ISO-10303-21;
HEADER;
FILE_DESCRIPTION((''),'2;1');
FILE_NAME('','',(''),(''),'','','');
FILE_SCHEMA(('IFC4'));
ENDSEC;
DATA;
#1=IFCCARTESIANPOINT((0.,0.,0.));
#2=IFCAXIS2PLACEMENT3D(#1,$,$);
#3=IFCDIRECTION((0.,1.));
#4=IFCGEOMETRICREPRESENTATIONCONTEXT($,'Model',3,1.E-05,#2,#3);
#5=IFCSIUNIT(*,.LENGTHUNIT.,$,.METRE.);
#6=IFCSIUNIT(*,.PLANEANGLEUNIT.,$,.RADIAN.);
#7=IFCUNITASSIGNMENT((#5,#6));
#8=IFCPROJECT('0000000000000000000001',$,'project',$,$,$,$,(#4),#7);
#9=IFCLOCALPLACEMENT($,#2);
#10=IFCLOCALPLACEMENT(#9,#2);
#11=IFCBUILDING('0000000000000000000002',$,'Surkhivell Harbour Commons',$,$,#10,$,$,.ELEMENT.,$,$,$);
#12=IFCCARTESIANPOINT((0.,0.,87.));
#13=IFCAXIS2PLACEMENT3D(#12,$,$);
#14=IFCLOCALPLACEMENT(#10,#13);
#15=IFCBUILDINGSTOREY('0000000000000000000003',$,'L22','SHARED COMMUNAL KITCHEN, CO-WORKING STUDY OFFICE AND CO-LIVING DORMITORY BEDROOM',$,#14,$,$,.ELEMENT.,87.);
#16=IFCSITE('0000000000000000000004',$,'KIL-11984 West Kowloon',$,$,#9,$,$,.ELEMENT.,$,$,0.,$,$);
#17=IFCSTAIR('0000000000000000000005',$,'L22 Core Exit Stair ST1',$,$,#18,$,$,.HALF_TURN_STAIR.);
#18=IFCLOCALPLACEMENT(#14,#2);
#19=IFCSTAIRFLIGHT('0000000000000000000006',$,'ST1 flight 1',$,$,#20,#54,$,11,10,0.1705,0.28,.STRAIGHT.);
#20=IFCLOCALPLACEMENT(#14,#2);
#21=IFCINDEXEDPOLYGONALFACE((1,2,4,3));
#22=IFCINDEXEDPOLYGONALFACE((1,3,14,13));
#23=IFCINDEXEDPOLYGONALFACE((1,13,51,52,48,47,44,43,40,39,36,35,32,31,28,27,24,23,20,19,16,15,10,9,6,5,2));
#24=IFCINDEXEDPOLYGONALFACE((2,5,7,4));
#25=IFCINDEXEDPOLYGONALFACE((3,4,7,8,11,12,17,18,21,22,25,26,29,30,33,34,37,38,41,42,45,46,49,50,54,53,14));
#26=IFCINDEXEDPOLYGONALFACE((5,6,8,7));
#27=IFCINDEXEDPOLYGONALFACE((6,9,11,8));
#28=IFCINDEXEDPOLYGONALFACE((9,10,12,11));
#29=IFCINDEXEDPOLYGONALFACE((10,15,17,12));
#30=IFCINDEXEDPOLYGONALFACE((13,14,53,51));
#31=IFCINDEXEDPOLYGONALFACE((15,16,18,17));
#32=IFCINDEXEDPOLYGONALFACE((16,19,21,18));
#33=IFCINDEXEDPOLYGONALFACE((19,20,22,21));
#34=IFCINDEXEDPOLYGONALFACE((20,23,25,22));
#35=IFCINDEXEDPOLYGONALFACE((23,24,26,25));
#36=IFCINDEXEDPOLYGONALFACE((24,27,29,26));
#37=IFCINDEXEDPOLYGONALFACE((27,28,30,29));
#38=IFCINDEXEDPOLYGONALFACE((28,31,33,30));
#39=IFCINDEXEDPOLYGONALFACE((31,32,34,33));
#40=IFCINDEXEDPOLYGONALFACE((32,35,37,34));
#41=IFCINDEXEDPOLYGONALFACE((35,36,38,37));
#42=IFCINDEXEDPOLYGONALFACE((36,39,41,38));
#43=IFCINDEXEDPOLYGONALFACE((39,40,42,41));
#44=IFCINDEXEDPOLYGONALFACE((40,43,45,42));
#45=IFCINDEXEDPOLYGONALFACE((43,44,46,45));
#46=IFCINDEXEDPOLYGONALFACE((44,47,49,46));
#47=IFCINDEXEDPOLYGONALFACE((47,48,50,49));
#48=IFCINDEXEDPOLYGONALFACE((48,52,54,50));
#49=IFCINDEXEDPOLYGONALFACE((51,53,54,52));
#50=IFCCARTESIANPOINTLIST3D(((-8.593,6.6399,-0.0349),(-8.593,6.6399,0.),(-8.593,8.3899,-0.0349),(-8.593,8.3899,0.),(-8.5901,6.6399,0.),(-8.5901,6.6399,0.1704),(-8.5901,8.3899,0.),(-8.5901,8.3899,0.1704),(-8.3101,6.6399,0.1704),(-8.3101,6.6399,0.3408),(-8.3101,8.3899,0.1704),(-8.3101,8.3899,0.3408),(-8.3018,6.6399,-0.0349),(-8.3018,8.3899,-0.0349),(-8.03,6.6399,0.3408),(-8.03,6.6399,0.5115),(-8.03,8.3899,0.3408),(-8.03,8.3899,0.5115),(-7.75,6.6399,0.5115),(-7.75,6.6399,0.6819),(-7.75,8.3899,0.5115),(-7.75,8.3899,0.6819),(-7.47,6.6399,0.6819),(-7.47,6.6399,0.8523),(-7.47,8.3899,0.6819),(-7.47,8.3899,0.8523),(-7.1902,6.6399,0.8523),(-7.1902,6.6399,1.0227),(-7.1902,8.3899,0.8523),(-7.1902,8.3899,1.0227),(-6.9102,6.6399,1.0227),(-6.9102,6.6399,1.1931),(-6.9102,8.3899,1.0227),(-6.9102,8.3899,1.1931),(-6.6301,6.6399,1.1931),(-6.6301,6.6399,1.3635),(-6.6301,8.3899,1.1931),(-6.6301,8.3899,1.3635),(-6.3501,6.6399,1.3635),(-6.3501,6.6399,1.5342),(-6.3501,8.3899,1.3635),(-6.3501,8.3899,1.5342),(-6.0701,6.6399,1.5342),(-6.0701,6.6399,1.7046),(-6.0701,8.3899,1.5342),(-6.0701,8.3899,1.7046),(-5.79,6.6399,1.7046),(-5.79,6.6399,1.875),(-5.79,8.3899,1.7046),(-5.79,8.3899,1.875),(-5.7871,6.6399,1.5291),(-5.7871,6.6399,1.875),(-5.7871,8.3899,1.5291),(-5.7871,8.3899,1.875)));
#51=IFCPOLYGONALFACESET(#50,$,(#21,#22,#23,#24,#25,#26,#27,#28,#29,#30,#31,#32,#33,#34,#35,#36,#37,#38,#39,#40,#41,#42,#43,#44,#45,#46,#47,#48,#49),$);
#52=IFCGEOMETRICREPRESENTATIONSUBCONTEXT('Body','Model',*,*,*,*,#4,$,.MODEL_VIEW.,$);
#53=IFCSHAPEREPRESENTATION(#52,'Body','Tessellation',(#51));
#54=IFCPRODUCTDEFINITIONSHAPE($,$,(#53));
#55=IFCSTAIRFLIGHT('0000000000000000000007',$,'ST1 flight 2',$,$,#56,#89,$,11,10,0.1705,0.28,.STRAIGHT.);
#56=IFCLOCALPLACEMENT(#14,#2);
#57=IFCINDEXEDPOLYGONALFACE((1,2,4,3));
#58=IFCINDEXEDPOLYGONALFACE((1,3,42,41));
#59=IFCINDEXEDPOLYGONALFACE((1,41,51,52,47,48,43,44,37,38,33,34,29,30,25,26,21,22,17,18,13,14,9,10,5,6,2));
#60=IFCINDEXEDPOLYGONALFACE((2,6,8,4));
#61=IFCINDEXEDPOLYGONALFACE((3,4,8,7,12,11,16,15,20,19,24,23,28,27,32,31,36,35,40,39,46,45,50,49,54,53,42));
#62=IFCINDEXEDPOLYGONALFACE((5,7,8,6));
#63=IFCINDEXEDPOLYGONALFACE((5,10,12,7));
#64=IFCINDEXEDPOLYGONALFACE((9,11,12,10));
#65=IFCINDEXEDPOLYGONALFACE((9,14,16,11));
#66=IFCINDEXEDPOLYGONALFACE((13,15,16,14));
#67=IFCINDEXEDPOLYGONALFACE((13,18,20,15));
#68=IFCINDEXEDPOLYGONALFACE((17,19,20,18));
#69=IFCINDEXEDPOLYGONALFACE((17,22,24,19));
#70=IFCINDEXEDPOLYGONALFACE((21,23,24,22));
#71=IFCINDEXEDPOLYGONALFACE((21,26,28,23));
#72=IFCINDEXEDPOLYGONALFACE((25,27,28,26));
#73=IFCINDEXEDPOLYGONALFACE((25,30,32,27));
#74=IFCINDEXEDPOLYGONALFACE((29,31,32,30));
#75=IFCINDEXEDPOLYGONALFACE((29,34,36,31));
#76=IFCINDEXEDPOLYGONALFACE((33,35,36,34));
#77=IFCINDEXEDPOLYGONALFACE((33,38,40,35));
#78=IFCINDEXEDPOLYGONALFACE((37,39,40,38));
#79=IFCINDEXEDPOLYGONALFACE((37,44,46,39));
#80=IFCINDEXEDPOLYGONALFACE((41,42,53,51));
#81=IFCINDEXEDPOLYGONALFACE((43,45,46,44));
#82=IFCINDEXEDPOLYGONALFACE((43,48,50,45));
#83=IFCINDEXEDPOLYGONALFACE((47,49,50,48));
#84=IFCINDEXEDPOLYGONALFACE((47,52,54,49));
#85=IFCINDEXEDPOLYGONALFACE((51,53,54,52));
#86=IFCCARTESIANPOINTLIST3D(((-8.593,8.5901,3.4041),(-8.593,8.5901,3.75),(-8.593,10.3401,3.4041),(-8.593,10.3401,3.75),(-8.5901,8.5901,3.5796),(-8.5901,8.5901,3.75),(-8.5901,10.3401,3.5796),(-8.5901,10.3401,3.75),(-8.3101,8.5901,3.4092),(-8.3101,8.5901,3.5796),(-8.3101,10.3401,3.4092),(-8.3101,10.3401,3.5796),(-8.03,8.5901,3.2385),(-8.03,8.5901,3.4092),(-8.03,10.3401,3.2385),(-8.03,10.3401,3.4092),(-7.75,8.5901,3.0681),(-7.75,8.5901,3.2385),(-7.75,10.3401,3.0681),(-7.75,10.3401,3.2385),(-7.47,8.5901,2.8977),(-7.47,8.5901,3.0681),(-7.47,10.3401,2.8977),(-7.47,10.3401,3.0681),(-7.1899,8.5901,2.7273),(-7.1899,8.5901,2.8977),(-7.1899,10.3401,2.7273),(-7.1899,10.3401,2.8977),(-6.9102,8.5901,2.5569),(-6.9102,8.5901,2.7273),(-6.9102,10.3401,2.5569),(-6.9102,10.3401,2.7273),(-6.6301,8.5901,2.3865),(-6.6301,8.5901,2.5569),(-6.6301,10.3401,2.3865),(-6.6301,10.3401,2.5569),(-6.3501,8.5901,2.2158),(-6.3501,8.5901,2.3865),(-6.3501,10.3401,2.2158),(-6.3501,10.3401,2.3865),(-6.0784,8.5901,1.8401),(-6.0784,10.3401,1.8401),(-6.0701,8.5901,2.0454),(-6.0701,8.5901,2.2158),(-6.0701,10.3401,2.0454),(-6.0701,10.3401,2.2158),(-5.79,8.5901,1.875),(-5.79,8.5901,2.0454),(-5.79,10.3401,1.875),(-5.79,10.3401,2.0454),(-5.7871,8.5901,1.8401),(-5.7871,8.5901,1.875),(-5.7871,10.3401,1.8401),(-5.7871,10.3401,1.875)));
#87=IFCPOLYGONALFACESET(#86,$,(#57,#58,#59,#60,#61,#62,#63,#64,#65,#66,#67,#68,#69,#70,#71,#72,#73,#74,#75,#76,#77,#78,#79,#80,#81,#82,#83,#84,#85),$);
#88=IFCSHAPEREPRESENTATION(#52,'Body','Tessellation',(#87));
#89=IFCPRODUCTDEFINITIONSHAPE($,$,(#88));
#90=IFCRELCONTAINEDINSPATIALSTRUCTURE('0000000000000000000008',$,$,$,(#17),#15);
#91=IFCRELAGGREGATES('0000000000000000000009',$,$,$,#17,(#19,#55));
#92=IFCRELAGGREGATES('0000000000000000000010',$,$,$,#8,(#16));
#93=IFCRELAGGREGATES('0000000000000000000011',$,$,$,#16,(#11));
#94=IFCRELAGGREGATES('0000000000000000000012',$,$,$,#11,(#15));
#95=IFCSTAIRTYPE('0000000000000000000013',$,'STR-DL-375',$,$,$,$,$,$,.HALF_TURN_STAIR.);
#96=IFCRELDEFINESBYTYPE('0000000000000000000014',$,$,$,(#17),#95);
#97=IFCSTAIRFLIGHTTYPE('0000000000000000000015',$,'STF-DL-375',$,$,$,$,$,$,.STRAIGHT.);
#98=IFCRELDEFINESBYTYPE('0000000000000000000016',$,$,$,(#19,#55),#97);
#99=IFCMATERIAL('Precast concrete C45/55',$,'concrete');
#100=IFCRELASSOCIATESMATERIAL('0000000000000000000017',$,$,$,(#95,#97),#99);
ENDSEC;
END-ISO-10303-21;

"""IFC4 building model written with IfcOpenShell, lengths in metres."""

from ifc_helpers import new_model, si_unit, direction, frame, origin, place, context, subcontext, project, spatial, polyline, outline, extrude, material, type_object, element, aggregate, save


model = new_model("IFC4")

# Units and contexts
model_context = context("Model", 3, precision=1e-05, world=origin(), true_north=direction((0.0, 1.0)))
body_context = subcontext(model_context, "Body", "Model", "MODEL_VIEW")
ifc_project = project(units=[si_unit("LENGTHUNIT", "METRE"), si_unit("PLANEANGLEUNIT", "RADIAN")], contexts=[model_context])

# Site, building, storey
site_placement = place(None, origin())
site = spatial("IfcSite", under=ifc_project, at=site_placement, Name="KIL-11984 West Kowloon", CompositionType="ELEMENT", RefElevation=0.0)
building_placement = place(site_placement, origin())
building = spatial("IfcBuilding", under=site, at=building_placement, Name="Surkhivell Harbour Commons", CompositionType="ELEMENT")
storey_placement = place(building_placement, frame((0.0, 0.0, 87.0)))
storey = spatial("IfcBuildingStorey", under=building, at=storey_placement, Name="L22", Description="SHARED COMMUNAL KITCHEN, CO-WORKING STUDY OFFICE AND CO-LIVING DORMITORY BEDROOM", CompositionType="ELEMENT", Elevation=87.0)

# Stair, stair flights
ifc_material_1 = material(Name="Precast concrete C45/55", Category="concrete")
stair_type = type_object("IfcStairType", Name="STR-DL-375", PredefinedType="HALF_TURN_STAIR", material=ifc_material_1)
stair_placement = place(storey_placement, origin())
stair = element("IfcStair", 1, at=stair_placement, inside=storey, type_object=stair_type, Name="L22 Core Exit Stair ST1", PredefinedType="HALF_TURN_STAIR")
stair_flight_type = type_object("IfcStairFlightType", Name="STF-DL-375", PredefinedType="STRAIGHT", material=ifc_material_1)
stair_flight_1_placement = place(storey_placement, frame((-8.5901, 7.5149, 0.0), z_axis=(0.0, 0.0, 1.0), x_axis=(1.0, 0.0, 0.0)))
stair_flight_1 = element("IfcStairFlight", 2, at=stair_flight_1_placement, type_object=stair_flight_type, Name="ST1 flight 1", NumberOfRisers=11, NumberOfTreads=10, PredefinedType="STRAIGHT", RiserHeight=0.1705, TreadLength=0.28, context=body_context, shape_type="SweptSolid", body=[
    extrude(outline(polyline([(-0.0029, -0.0349), (-0.0029, 0.0), (0.0, 0.0), (0.0, 0.1704), (0.28, 0.1704), (0.28, 0.3408), (0.5601, 0.3408), (0.5601, 0.5115), (0.8401, 0.5115), (0.8401, 0.6819), (1.1201, 0.6819), (1.1201, 0.8523), (1.3999, 0.8523), (1.3999, 1.0227), (1.6799, 1.0227), (1.6799, 1.1931), (1.96, 1.1931), (1.96, 1.3635), (2.24, 1.3635), (2.24, 1.5342), (2.52, 1.5342), (2.52, 1.7046), (2.8, 1.7046), (2.8, 1.875), (2.803, 1.875), (2.803, 1.5291), (0.2883, -0.0349), (-0.0029, -0.0349)])), frame((0.0, 0.875, 0.0), z_axis=(0.0, -1.0, 0.0), x_axis=(1.0, 0.0, 0.0)), (0.0, 0.0, 1.0), 1.75),
])
stair_flight_2_placement = place(storey_placement, frame((-5.79, 9.4651, 1.875), z_axis=(0.0, 0.0, 1.0), x_axis=(-1.0, 0.0, 0.0)))
stair_flight_2 = element("IfcStairFlight", 3, at=stair_flight_2_placement, type_object=stair_flight_type, Name="ST1 flight 2", NumberOfRisers=11, NumberOfTreads=10, PredefinedType="STRAIGHT", RiserHeight=0.1705, TreadLength=0.28, context=body_context, shape_type="SweptSolid", body=[
    extrude(outline(polyline([(-0.0029, -0.0349), (-0.0029, 0.0), (0.0, 0.0), (0.0, 0.1704), (0.28, 0.1704), (0.28, 0.3408), (0.5601, 0.3408), (0.5601, 0.5115), (0.8401, 0.5115), (0.8401, 0.6819), (1.1201, 0.6819), (1.1201, 0.8523), (1.3999, 0.8523), (1.3999, 1.0227), (1.6799, 1.0227), (1.6799, 1.1931), (1.96, 1.1931), (1.96, 1.3635), (2.24, 1.3635), (2.24, 1.5342), (2.52, 1.5342), (2.52, 1.7046), (2.8, 1.7046), (2.8, 1.875), (2.803, 1.875), (2.803, 1.5291), (0.2883, -0.0349), (-0.0029, -0.0349)])), frame((0.0, 0.875, 0.0), z_axis=(0.0, -1.0, 0.0), x_axis=(1.0, 0.0, 0.0)), (0.0, 0.0, 1.0), 1.75),
])
aggregate(stair, [stair_flight_1, stair_flight_2])

save(model, "model.ifc")
